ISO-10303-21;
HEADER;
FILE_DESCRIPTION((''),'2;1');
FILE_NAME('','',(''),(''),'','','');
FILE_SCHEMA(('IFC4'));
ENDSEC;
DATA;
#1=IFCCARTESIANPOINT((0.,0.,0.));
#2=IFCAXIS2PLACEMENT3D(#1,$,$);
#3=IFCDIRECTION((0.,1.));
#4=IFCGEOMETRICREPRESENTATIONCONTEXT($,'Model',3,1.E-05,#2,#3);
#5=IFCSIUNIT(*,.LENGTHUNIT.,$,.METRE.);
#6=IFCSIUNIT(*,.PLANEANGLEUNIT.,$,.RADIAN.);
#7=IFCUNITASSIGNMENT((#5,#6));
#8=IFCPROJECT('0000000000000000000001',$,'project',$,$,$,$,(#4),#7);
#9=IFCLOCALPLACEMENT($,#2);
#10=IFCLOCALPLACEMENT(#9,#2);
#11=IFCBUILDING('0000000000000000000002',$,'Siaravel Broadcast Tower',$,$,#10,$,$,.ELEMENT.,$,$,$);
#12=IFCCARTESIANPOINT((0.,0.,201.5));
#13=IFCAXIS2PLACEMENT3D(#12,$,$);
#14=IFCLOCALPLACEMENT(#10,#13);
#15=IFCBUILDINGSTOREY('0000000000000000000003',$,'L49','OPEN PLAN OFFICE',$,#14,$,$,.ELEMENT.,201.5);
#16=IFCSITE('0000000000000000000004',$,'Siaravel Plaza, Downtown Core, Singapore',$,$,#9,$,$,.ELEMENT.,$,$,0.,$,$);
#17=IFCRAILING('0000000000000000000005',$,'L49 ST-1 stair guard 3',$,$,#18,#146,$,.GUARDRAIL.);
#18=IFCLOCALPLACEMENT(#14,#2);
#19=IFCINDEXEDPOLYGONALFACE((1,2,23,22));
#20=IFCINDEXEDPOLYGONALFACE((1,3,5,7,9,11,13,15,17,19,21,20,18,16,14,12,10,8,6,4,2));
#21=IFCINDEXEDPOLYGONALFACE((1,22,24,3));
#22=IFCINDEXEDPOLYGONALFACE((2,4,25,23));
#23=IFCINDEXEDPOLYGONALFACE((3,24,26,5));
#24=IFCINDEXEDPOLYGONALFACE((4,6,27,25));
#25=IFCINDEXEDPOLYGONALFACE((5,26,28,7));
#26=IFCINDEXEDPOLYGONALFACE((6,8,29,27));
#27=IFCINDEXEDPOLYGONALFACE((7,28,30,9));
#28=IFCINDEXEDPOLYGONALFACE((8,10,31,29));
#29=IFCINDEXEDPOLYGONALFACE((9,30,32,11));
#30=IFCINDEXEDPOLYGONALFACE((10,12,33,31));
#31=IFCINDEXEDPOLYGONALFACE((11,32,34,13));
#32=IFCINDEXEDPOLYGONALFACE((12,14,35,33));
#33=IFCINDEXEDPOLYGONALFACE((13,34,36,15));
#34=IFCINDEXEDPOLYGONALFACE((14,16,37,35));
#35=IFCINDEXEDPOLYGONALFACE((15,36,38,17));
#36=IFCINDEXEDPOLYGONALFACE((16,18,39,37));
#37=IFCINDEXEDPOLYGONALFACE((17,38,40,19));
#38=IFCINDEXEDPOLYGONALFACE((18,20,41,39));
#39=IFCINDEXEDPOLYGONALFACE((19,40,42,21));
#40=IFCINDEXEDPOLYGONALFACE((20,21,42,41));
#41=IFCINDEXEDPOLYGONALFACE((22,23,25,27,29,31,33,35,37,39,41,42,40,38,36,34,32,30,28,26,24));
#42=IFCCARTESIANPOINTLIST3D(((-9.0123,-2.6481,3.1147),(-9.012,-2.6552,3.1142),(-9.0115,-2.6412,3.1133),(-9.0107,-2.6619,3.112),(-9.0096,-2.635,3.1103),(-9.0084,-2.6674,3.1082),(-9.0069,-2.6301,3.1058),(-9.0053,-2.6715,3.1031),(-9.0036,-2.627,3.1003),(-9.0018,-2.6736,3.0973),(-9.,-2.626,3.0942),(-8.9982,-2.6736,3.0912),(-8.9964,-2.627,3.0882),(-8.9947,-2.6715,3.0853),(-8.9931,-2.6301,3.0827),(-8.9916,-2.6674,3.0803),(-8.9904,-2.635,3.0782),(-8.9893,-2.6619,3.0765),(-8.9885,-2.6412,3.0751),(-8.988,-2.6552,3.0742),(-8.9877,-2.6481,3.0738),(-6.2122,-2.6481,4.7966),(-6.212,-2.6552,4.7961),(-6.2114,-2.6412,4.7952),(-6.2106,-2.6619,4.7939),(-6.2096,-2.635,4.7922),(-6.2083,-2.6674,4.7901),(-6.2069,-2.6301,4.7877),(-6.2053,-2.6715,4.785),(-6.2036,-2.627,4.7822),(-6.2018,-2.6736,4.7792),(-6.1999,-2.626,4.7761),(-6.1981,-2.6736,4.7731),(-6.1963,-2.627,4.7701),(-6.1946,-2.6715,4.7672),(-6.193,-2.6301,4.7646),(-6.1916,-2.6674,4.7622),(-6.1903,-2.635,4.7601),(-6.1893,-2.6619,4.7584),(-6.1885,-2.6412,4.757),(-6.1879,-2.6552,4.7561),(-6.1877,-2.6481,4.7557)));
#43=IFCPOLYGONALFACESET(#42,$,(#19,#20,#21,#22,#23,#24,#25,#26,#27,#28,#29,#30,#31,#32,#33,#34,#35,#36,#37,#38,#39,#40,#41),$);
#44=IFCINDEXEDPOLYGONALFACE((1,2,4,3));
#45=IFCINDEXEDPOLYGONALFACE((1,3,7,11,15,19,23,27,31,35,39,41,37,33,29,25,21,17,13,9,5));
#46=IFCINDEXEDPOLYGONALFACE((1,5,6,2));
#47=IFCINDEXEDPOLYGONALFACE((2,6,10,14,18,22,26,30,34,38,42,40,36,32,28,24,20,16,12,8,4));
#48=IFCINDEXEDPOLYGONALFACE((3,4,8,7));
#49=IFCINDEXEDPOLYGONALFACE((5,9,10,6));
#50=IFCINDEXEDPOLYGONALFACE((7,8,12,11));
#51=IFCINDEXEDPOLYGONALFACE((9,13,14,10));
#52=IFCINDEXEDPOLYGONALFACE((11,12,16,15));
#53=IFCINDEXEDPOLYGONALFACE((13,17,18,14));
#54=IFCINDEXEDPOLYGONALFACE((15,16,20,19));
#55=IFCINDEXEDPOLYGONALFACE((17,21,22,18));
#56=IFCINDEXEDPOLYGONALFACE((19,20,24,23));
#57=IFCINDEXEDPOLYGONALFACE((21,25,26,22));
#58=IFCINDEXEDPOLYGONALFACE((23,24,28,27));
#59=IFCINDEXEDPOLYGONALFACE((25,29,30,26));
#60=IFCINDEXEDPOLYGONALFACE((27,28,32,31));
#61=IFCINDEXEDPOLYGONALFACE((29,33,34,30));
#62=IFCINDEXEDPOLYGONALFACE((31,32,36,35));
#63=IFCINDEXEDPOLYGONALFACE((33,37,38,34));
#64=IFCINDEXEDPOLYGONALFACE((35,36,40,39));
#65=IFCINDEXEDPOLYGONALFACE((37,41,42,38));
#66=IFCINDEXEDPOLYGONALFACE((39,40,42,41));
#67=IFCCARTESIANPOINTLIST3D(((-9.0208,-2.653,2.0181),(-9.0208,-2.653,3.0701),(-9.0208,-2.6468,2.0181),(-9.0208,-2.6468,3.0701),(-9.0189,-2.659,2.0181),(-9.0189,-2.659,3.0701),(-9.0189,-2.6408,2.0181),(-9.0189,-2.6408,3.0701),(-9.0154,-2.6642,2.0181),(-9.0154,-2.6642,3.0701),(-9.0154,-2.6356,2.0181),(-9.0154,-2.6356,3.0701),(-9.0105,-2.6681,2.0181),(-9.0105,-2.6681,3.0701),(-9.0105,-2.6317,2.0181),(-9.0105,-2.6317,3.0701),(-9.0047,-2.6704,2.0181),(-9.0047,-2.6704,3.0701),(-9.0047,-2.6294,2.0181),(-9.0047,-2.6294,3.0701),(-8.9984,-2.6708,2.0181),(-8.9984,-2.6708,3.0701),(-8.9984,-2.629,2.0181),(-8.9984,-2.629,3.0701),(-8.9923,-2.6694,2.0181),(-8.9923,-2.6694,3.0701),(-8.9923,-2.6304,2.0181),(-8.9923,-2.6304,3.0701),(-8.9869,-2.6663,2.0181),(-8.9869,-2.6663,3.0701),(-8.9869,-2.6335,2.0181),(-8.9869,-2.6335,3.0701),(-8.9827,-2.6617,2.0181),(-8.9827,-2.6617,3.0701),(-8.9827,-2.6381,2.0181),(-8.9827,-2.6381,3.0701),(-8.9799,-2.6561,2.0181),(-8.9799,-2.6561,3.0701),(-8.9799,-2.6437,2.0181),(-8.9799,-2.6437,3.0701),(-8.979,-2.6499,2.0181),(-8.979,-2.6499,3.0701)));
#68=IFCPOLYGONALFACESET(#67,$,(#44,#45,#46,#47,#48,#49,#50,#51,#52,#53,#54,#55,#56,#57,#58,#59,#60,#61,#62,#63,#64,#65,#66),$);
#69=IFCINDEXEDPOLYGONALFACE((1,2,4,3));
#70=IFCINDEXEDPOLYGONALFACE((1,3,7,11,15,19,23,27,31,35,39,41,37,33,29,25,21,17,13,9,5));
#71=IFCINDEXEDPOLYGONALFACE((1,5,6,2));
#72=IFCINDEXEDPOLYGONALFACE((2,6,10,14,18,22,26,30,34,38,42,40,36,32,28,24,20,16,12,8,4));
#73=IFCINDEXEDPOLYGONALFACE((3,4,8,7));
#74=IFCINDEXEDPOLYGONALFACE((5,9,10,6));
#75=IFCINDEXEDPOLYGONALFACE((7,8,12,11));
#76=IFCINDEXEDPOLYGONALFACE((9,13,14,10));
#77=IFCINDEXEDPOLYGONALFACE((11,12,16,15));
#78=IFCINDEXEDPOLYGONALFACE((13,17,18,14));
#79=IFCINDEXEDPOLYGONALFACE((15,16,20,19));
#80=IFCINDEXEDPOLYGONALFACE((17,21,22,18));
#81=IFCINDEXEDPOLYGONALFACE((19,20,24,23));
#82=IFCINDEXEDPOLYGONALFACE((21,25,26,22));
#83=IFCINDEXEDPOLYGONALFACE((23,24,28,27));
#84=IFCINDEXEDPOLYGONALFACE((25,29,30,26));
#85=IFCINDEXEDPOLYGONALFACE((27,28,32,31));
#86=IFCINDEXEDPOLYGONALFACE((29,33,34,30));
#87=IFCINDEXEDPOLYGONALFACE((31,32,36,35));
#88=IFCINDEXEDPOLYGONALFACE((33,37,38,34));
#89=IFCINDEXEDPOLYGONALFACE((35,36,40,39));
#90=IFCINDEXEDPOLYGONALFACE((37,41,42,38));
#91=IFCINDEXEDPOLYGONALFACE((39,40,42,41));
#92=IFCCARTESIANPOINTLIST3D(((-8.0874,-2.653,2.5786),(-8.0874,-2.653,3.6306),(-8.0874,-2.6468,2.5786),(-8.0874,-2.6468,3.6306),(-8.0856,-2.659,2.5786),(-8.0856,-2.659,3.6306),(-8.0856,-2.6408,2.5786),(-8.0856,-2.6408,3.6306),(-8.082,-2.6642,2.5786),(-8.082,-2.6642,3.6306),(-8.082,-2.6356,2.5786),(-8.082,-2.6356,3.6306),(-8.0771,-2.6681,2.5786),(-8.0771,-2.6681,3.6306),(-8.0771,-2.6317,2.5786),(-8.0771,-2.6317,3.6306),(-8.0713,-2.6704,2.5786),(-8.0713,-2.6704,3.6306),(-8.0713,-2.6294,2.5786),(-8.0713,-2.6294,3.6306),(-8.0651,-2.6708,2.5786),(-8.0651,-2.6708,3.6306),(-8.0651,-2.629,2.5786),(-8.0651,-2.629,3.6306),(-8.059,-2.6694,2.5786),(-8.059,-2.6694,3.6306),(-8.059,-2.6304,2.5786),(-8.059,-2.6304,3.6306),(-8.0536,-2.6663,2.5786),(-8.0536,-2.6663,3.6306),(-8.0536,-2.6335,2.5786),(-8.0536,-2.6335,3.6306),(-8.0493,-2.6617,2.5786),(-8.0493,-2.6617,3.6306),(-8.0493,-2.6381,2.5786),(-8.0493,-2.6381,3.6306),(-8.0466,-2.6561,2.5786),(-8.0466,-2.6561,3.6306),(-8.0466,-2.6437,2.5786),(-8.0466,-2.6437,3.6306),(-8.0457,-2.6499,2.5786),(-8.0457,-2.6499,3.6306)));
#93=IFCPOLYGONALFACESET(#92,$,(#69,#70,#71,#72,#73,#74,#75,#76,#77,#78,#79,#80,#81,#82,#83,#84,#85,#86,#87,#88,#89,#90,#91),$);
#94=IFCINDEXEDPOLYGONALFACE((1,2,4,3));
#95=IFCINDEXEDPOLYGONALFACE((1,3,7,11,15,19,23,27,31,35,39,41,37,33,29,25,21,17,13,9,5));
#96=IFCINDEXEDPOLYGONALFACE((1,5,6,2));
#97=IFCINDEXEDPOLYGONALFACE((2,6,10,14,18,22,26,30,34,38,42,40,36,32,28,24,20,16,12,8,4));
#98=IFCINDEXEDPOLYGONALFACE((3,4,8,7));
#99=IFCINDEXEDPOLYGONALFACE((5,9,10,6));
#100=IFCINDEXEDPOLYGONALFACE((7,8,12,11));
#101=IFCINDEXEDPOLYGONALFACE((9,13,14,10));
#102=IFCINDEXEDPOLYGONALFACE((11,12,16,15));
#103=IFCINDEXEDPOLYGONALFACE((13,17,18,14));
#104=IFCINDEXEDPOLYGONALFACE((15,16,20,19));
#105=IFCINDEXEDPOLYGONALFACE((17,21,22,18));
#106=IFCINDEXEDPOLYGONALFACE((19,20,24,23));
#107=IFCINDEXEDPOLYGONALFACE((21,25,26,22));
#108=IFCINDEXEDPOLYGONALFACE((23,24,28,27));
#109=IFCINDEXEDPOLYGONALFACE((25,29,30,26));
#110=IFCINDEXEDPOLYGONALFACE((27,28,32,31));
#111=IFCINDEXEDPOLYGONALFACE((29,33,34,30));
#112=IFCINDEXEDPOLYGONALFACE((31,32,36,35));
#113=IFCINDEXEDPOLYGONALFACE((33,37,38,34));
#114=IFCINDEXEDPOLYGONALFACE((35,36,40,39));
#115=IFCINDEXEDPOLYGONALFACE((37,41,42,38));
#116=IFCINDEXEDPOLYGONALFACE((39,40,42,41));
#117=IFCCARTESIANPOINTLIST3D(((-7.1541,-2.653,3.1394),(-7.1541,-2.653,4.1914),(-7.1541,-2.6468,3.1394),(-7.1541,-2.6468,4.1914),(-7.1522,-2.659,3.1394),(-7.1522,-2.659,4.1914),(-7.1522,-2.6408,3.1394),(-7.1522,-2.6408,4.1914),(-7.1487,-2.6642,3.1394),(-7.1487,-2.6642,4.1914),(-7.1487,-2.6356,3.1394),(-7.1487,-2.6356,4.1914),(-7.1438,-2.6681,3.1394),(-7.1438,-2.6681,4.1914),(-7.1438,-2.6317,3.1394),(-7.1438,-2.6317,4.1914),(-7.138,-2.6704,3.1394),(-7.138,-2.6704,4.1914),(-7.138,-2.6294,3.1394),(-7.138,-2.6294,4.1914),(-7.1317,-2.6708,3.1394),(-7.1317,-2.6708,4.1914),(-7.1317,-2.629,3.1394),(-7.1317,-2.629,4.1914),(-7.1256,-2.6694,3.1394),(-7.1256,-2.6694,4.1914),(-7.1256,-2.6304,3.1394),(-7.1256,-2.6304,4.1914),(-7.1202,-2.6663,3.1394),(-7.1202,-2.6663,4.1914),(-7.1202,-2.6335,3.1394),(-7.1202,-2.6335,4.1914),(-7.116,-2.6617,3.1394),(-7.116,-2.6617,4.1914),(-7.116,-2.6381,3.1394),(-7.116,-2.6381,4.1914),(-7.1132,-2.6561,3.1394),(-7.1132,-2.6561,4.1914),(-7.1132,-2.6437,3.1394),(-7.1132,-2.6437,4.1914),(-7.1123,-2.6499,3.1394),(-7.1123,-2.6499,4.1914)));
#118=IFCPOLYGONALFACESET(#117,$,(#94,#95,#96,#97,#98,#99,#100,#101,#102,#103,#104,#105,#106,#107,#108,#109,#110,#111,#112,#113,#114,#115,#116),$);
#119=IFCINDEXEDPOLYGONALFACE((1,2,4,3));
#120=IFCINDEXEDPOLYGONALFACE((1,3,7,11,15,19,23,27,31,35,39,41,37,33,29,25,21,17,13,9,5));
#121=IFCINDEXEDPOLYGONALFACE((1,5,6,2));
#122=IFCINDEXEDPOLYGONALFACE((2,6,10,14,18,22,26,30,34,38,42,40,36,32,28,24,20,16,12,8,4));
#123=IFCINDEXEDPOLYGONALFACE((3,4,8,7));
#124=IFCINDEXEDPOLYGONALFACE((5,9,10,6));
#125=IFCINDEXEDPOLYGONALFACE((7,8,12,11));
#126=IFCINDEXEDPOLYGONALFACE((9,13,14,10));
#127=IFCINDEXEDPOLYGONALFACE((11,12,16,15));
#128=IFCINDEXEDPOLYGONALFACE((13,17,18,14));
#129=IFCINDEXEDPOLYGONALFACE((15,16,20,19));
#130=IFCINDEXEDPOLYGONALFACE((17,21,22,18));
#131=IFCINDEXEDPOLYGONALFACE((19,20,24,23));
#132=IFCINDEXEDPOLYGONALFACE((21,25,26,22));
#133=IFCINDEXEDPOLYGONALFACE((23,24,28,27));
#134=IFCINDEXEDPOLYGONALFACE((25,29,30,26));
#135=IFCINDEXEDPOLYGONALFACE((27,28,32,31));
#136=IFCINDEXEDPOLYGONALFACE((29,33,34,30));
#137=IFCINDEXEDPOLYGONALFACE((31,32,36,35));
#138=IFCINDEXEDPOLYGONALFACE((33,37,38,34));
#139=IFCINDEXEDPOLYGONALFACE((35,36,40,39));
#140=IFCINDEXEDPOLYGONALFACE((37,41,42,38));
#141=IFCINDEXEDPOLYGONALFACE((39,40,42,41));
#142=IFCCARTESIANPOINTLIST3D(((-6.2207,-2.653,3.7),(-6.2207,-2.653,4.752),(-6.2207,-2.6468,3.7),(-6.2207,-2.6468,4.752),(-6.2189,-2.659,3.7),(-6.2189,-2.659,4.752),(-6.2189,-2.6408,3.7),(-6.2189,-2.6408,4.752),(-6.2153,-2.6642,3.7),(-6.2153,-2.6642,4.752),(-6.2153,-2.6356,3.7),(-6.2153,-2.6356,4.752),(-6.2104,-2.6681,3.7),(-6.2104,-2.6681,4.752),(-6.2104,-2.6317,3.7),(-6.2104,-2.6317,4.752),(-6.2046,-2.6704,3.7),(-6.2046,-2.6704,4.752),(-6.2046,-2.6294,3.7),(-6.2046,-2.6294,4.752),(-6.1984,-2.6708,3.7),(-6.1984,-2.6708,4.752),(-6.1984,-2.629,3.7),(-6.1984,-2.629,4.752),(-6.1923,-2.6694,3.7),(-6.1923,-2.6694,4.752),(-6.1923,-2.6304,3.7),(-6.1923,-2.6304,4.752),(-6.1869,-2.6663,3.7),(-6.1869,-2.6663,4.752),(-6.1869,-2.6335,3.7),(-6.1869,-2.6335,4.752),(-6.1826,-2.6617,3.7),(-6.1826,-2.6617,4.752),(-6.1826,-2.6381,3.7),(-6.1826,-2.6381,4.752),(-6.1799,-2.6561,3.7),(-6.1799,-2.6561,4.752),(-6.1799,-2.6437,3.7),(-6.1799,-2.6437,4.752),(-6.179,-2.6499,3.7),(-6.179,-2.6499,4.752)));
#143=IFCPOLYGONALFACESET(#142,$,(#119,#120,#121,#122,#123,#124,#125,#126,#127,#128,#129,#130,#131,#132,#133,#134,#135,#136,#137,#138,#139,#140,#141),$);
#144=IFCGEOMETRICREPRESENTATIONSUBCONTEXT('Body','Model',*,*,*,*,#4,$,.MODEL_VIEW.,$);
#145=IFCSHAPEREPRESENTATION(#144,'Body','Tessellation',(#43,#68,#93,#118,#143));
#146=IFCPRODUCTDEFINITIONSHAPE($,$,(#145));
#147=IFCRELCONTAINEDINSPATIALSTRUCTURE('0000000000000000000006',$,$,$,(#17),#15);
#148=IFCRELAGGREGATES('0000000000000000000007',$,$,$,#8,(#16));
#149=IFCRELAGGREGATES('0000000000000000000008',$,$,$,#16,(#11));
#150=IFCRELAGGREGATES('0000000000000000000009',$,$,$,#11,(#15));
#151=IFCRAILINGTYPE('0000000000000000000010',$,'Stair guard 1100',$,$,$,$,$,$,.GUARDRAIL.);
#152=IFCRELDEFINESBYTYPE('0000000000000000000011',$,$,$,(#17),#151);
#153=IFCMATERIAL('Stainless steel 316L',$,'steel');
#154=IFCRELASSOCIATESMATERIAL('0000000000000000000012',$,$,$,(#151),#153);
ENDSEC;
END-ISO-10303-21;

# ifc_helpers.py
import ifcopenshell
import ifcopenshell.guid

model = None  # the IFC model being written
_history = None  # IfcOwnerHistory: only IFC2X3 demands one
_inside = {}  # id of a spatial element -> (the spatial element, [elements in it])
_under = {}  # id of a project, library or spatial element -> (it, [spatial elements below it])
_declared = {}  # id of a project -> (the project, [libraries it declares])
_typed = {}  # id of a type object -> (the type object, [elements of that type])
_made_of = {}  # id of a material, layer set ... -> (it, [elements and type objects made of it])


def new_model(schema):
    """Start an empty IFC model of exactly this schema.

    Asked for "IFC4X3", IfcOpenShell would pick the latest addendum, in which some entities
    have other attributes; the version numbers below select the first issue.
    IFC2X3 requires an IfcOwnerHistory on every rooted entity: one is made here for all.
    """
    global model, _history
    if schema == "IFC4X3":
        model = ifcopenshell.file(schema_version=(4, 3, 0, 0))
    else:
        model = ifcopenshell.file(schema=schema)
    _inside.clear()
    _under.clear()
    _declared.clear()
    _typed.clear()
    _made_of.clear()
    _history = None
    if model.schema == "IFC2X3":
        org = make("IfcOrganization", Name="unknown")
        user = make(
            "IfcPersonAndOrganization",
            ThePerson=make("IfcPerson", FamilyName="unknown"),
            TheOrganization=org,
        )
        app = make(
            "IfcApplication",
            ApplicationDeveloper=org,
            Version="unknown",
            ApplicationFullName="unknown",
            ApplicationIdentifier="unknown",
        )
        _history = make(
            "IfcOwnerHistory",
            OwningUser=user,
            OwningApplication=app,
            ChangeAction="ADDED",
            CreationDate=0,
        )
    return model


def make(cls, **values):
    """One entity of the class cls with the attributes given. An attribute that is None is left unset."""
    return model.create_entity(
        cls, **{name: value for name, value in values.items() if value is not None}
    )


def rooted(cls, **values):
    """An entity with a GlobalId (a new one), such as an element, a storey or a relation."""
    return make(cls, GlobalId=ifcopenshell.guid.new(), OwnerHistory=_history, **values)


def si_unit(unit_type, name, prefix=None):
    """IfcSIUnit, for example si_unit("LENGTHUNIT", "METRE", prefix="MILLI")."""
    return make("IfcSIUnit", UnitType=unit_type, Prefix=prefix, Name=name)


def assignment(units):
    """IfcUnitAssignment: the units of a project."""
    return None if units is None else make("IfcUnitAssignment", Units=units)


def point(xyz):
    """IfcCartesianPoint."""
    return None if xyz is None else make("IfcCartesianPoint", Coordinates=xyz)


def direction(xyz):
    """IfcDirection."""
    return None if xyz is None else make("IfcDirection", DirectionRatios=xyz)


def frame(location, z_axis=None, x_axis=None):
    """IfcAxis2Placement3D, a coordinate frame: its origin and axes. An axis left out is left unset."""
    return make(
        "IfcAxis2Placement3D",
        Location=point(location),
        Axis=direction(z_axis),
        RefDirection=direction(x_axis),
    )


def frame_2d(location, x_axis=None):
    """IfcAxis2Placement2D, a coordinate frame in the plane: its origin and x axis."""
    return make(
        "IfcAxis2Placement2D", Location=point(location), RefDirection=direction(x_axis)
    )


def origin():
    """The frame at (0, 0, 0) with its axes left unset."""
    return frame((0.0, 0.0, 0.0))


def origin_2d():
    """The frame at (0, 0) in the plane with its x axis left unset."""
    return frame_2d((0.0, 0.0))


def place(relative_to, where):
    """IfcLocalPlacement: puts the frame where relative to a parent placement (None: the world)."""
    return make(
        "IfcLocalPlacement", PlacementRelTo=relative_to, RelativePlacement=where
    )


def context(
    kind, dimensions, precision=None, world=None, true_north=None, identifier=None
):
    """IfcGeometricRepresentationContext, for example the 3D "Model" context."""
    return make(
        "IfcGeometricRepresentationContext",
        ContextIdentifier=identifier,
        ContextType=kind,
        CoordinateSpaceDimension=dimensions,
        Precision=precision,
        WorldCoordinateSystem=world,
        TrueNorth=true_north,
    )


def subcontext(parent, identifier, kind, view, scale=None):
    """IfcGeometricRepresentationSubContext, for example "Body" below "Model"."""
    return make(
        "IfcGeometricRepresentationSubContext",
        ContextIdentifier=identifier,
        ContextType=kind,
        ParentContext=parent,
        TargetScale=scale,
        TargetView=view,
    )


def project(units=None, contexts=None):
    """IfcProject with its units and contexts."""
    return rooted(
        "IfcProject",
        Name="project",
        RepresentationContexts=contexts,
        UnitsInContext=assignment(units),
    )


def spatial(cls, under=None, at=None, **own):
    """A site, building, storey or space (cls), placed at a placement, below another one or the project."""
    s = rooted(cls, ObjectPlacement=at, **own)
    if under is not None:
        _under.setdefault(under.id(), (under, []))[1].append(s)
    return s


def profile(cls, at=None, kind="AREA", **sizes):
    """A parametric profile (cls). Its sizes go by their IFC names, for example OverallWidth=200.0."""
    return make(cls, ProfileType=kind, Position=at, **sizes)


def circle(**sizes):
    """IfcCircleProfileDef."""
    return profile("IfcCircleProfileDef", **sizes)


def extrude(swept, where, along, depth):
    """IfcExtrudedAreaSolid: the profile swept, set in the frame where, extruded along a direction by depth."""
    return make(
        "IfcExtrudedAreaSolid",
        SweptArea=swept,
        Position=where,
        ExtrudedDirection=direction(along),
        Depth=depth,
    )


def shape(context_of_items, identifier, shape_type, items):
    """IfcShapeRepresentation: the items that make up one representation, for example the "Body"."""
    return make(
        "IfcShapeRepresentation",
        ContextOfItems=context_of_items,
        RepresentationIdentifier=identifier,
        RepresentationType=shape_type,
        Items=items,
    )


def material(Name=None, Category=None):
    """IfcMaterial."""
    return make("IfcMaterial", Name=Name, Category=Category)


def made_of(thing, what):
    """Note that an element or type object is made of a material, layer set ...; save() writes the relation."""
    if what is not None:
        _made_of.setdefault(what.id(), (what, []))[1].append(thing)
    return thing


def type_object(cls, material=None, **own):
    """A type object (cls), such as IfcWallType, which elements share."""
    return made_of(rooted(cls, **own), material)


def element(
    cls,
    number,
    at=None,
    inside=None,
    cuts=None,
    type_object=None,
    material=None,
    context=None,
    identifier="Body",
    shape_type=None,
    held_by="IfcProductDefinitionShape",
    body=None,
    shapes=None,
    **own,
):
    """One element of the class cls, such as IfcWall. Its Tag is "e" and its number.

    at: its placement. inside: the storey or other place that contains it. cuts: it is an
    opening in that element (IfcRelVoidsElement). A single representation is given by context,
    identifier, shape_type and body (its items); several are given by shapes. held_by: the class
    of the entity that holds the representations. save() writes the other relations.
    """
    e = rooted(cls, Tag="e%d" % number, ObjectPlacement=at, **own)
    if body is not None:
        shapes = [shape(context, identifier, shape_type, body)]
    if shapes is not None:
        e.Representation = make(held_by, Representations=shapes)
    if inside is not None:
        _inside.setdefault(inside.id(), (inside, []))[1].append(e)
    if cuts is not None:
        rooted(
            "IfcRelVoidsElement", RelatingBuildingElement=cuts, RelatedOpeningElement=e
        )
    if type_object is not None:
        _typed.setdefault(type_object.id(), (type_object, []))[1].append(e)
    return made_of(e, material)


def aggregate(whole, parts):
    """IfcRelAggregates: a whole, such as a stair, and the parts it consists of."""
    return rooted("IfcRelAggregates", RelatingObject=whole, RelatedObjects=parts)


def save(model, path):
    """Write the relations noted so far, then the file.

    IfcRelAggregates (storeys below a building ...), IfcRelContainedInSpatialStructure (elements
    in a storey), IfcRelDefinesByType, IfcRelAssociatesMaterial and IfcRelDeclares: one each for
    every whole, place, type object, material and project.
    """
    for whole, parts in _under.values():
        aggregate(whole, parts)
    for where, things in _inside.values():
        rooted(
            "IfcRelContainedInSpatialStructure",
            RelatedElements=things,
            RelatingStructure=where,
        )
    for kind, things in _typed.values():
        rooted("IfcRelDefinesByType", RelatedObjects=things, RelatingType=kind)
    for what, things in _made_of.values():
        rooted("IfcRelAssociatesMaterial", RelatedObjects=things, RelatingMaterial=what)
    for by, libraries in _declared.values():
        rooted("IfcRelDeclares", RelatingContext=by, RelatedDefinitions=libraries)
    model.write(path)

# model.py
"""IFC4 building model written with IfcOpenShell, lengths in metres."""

from ifc_helpers import new_model, si_unit, direction, frame, origin, origin_2d, place, context, subcontext, project, spatial, circle, extrude, material, type_object, element, save


model = new_model("IFC4")

# Units and contexts
model_context = context("Model", 3, precision=1e-05, world=origin(), true_north=direction((0.0, 1.0)))
body_context = subcontext(model_context, "Body", "Model", "MODEL_VIEW")
ifc_project = project(units=[si_unit("LENGTHUNIT", "METRE"), si_unit("PLANEANGLEUNIT", "RADIAN")], contexts=[model_context])

# Site, building, storey
site_placement = place(None, origin())
site = spatial("IfcSite", under=ifc_project, at=site_placement, Name="Siaravel Plaza, Downtown Core, Singapore", CompositionType="ELEMENT", RefElevation=0.0)
building_placement = place(site_placement, origin())
building = spatial("IfcBuilding", under=site, at=building_placement, Name="Siaravel Broadcast Tower", CompositionType="ELEMENT")
storey_placement = place(building_placement, frame((0.0, 0.0, 201.5)))
storey = spatial("IfcBuildingStorey", under=building, at=storey_placement, Name="L49", Description="OPEN PLAN OFFICE", CompositionType="ELEMENT", Elevation=201.5)

# Shared definitions
ifc_material_1 = material(Name="Stainless steel 316L", Category="steel")

# Railing
railing_type_1 = type_object("IfcRailingType", Name="Stair guard 1100", PredefinedType="GUARDRAIL", material=ifc_material_1)
railing_1_placement = place(storey_placement, frame((-9.0, -2.6499, 2.0181)))
element("IfcRailing", 1, at=railing_1_placement, inside=storey, type_object=railing_type_1, Name="L49 ST-1 stair guard 3", PredefinedType="GUARDRAIL", context=body_context, shape_type="SweptSolid", body=[
    extrude(circle(Radius=0.0239, at=origin_2d()), frame((0.0, 0.0, 1.0762), z_axis=(0.857242, 0.0, 0.514913), x_axis=(0.0, 1.0, 0.0)), (0.0, 0.0, 1.0), 3.2664),
    extrude(circle(Radius=0.021, at=origin_2d()), origin(), (0.0, 0.0, 1.0), 1.052),
    extrude(circle(Radius=0.021, at=origin_2d()), frame((0.9333, 0.0, 0.5605)), (0.0, 0.0, 1.0), 1.052),
    extrude(circle(Radius=0.021, at=origin_2d()), frame((1.8667, 0.0, 1.1213)), (0.0, 0.0, 1.0), 1.052),
    extrude(circle(Radius=0.021, at=origin_2d()), frame((2.8, 0.0, 1.6819)), (0.0, 0.0, 1.0), 1.052),
])

save(model, "model.ifc")
